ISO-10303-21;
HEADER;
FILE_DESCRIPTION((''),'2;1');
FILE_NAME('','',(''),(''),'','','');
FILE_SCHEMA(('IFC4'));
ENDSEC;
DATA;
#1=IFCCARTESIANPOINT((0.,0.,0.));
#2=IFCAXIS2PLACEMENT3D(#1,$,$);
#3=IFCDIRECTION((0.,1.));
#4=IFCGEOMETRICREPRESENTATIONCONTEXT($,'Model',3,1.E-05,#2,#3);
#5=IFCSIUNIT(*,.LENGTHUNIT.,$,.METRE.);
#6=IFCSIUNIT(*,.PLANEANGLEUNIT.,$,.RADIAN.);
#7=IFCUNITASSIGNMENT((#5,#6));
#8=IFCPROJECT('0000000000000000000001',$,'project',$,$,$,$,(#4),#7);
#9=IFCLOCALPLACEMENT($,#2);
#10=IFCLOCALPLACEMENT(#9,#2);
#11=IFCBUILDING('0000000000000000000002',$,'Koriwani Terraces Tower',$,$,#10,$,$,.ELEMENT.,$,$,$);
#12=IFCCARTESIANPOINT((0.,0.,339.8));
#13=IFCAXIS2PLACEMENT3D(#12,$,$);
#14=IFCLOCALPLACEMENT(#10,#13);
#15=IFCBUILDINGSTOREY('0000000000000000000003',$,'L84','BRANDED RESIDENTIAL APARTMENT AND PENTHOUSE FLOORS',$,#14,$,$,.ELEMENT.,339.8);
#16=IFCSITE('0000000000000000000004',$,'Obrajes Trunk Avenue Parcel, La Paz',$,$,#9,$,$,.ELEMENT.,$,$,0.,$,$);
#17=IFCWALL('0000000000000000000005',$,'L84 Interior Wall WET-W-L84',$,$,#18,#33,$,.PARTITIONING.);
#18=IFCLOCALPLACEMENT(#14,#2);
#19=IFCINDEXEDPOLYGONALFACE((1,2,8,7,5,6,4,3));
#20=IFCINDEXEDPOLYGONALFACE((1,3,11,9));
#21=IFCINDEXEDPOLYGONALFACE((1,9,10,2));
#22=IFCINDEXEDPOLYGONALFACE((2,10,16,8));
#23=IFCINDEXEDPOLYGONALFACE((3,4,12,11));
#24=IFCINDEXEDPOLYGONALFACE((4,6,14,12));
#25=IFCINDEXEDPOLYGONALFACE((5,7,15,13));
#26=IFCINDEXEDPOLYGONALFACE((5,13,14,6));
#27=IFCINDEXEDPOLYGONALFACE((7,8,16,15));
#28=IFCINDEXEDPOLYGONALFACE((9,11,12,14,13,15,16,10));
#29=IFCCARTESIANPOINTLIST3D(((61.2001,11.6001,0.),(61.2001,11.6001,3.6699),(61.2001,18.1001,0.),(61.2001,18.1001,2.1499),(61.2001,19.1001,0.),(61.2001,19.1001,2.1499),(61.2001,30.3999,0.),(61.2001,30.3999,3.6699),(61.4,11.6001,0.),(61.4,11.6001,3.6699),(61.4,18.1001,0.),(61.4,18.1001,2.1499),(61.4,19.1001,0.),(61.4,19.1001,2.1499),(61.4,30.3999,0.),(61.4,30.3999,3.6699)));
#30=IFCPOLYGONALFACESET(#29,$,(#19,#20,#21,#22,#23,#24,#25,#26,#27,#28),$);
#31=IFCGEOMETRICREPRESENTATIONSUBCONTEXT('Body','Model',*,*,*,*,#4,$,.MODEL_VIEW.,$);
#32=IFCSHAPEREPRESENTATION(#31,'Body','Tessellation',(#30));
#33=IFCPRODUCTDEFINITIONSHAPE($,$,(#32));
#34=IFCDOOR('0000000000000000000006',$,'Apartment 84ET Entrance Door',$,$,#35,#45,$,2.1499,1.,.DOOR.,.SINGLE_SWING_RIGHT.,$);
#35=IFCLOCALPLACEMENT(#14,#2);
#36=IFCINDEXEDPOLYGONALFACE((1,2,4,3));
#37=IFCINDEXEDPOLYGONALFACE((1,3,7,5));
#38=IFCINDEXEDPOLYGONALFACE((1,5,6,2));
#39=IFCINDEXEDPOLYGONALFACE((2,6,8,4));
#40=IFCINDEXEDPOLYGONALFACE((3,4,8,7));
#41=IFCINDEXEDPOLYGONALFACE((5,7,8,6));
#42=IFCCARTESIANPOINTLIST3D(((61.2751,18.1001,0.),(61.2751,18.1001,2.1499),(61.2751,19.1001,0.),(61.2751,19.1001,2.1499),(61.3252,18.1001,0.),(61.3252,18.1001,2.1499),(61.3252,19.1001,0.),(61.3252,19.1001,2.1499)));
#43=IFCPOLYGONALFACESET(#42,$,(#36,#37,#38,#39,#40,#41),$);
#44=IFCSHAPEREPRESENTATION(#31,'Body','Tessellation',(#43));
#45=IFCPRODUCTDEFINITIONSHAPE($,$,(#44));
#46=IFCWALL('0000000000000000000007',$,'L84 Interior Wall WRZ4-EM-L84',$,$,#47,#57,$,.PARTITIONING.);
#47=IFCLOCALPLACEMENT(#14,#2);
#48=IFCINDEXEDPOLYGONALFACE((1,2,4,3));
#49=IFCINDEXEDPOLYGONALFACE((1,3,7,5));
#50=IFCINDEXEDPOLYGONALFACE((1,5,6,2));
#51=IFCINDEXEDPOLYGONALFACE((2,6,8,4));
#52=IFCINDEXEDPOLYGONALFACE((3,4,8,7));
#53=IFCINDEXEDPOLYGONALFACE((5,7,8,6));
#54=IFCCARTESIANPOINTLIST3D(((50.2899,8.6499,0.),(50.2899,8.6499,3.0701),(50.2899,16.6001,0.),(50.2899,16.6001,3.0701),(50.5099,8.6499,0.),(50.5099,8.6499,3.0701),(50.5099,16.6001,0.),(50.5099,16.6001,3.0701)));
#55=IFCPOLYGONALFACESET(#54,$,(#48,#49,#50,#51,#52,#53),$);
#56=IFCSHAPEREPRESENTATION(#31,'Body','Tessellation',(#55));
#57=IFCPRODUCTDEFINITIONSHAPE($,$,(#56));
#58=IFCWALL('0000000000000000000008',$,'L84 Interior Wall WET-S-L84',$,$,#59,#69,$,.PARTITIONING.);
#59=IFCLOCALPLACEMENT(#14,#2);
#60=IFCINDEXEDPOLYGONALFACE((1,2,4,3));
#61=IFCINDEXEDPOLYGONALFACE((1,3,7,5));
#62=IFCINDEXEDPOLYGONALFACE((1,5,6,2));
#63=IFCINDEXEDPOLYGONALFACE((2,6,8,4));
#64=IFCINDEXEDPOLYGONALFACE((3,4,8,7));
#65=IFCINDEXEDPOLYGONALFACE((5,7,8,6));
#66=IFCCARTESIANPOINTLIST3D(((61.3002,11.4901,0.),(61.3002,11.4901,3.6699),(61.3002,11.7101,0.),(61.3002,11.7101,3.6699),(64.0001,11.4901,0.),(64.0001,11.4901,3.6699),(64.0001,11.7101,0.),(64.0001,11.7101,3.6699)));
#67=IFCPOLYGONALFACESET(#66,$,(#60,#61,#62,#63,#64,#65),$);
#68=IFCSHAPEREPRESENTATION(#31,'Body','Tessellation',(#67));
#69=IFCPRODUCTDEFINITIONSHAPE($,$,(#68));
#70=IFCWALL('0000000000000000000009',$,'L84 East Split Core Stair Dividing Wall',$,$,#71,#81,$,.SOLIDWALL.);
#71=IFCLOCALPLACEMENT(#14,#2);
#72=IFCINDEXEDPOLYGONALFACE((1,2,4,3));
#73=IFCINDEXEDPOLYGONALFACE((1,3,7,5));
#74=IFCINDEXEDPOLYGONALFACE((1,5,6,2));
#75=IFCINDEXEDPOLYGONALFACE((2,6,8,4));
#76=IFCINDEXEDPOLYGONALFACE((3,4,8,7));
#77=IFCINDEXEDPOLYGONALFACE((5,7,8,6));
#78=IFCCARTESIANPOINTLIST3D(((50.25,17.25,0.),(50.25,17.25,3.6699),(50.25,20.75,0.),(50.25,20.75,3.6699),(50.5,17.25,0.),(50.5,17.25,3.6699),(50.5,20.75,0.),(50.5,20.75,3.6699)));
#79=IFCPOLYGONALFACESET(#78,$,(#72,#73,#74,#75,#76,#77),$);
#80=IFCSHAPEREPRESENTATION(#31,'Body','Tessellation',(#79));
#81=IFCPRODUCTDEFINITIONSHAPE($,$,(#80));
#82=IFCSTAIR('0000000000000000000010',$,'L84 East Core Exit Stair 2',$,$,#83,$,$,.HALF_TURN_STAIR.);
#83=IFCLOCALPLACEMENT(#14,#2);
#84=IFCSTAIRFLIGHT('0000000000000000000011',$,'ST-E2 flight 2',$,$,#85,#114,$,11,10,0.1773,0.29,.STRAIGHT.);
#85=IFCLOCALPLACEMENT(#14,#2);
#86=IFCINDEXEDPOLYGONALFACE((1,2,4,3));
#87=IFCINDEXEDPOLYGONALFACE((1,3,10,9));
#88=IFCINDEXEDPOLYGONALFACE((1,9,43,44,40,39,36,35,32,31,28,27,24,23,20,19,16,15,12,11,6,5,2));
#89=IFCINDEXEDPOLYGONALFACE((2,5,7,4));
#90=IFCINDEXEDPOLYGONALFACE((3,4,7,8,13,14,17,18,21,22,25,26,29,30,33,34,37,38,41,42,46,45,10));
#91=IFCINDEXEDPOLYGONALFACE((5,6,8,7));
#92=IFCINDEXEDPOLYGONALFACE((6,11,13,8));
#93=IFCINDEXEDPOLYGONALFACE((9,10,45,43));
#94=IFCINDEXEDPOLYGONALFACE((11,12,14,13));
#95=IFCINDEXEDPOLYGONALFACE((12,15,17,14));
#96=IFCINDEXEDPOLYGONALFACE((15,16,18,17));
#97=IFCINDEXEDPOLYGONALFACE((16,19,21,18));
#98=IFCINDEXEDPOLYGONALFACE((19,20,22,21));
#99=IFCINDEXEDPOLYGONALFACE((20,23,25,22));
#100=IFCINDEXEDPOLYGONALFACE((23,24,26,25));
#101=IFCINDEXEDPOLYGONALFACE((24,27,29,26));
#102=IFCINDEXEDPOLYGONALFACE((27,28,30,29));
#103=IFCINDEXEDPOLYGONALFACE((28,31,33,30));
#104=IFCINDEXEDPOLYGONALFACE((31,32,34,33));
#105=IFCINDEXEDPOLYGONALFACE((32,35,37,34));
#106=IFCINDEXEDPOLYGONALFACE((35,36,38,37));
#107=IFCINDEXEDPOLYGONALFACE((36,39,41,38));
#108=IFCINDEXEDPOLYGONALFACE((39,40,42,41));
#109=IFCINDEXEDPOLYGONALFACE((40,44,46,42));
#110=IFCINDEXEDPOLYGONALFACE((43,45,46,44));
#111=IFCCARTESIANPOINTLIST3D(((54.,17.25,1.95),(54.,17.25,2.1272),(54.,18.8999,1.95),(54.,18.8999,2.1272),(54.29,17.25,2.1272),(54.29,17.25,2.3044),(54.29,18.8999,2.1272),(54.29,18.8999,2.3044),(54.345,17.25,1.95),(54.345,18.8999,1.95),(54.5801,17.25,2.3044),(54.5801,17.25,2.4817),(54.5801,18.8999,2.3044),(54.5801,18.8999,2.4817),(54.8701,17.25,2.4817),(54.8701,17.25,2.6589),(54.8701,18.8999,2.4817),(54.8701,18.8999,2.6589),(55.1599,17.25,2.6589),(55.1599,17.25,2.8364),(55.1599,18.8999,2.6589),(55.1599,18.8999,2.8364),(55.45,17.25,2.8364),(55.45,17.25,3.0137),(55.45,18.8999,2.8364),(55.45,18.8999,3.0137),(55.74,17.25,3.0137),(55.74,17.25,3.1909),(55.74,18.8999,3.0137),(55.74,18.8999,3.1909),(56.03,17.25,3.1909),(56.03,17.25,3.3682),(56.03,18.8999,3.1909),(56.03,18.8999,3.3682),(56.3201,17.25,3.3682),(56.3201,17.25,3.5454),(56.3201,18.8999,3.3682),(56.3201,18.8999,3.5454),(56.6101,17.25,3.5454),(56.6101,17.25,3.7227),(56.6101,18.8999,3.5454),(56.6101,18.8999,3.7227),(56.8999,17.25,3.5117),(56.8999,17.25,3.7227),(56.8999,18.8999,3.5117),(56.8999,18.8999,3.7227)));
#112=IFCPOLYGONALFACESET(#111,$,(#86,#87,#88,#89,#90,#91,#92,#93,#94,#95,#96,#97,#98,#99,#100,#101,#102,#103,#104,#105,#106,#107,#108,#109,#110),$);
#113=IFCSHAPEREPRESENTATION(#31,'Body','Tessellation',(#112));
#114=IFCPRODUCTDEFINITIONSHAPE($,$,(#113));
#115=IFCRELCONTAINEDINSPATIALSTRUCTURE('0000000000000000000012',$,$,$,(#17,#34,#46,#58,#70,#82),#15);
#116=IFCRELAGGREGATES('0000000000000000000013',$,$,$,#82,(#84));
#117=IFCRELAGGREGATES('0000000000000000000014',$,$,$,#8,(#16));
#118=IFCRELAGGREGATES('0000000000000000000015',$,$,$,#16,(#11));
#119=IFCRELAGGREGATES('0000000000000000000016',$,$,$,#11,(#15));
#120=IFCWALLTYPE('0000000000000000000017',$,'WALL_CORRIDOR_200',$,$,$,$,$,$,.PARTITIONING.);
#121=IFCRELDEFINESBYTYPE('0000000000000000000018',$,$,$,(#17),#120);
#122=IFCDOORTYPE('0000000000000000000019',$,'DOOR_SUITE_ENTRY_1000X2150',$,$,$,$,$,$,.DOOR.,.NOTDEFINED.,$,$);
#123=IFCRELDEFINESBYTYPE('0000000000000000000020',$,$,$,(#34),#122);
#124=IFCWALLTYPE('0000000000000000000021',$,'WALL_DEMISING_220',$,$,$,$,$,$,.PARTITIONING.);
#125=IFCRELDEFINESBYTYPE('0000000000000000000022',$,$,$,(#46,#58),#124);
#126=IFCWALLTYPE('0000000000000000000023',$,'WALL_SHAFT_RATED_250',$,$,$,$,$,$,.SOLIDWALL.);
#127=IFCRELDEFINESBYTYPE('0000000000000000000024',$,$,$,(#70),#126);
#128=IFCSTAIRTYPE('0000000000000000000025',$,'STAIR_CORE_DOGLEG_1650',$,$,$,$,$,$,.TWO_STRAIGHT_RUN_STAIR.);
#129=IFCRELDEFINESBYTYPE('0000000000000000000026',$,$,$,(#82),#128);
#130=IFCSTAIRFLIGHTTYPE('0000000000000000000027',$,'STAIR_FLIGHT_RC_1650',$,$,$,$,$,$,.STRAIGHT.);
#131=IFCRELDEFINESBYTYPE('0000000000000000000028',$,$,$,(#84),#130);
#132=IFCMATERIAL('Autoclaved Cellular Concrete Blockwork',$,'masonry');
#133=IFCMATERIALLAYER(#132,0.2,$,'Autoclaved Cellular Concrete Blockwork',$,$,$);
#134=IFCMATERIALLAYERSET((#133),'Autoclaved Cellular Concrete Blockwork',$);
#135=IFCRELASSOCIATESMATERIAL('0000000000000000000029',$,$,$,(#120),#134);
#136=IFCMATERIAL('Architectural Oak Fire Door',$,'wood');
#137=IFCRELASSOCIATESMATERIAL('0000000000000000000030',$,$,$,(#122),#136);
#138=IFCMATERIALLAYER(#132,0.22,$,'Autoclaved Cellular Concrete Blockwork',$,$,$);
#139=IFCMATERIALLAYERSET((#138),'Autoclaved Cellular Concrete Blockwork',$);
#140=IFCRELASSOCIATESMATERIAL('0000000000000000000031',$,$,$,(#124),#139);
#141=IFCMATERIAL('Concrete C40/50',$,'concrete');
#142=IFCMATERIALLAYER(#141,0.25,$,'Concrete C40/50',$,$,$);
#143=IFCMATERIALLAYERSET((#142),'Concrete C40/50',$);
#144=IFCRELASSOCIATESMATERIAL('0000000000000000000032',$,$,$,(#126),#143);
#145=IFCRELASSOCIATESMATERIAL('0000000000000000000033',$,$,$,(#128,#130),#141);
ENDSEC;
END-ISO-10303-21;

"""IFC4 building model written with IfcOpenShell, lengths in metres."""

from ifc_helpers import new_model, si_unit, direction, frame, frame_2d, origin, place, context, subcontext, project, spatial, polyline, rectangle, outline, extrude, material, layer, layer_set, type_object, element, fill, aggregate, save


model = new_model("IFC4")

# Units and contexts
model_context = context("Model", 3, precision=1e-05, world=origin(), true_north=direction((0.0, 1.0)))
body_context = subcontext(model_context, "Body", "Model", "MODEL_VIEW")
ifc_project = project(units=[si_unit("LENGTHUNIT", "METRE"), si_unit("PLANEANGLEUNIT", "RADIAN")], contexts=[model_context])

# Site, building, storey
site_placement = place(None, origin())
site = spatial("IfcSite", under=ifc_project, at=site_placement, Name="Obrajes Trunk Avenue Parcel, La Paz", CompositionType="ELEMENT", RefElevation=0.0)
building_placement = place(site_placement, origin())
building = spatial("IfcBuilding", under=site, at=building_placement, Name="Koriwani Terraces Tower", CompositionType="ELEMENT")
storey_placement = place(building_placement, frame((0.0, 0.0, 339.8)))
storey = spatial("IfcBuildingStorey", under=building, at=storey_placement, Name="L84", Description="BRANDED RESIDENTIAL APARTMENT AND PENTHOUSE FLOORS", CompositionType="ELEMENT", Elevation=339.8)

# Shared definitions
ifc_material_1 = material(Name="Concrete C40/50", Category="concrete")

# Wall, opening, door
ifc_material_2 = material(Name="Autoclaved Cellular Concrete Blockwork", Category="masonry")
ifc_layer_1 = layer(ifc_material_2, 0.2, Name="Autoclaved Cellular Concrete Blockwork")
ifc_layer_set_1 = layer_set([ifc_layer_1], Name="Autoclaved Cellular Concrete Blockwork")
wall_type_1 = type_object("IfcWallType", Name="WALL_CORRIDOR_200", PredefinedType="PARTITIONING", material=ifc_layer_set_1)
ifc_material_3 = material(Name="Architectural Oak Fire Door", Category="wood")
wall_1_placement = place(storey_placement, frame((61.3, 11.6001, 0.0), z_axis=(0.0, 0.0, 1.0), x_axis=(0.0, 1.0, 0.0)))
wall_1 = element("IfcWall", 1, at=wall_1_placement, inside=storey, type_object=wall_type_1, Name="L84 Interior Wall WET-W-L84", PredefinedType="PARTITIONING", context=body_context, shape_type="SweptSolid", body=[
    extrude(rectangle(XDim=18.7998, YDim=0.2, at=frame_2d((9.3999, 0.0))), origin(), (0.0, 0.0, 1.0), 3.6699),
])
opening_1_placement = place(wall_1_placement, frame((6.5, 0.0, 0.0)))
opening_1 = element("IfcOpeningElement", 2, at=opening_1_placement, cuts=wall_1, PredefinedType="OPENING", context=body_context, shape_type="SweptSolid", body=[
    extrude(rectangle(XDim=1.0, YDim=2.1499, at=frame_2d((0.5, 1.075))), frame((0.0, 0.1099, 0.0), z_axis=(0.0, -1.0, 0.0), x_axis=(1.0, 0.0, 0.0)), (0.0, 0.0, 1.0), 0.22),
])
door_type_1 = type_object("IfcDoorType", Name="DOOR_SUITE_ENTRY_1000X2150", OperationType="NOTDEFINED", PredefinedType="DOOR", material=ifc_material_3)
door_1_placement = place(opening_1_placement, origin())
door_1 = element("IfcDoor", 3, at=door_1_placement, inside=storey, type_object=door_type_1, Name="Apartment 84ET Entrance Door", OperationType="SINGLE_SWING_RIGHT", OverallHeight=2.1499, OverallWidth=1.0, PredefinedType="DOOR", context=body_context, shape_type="SweptSolid", body=[
    extrude(rectangle(XDim=1.0, YDim=2.1499, at=frame_2d((0.5, 1.075))), frame((0.0, 0.0249, 0.0), z_axis=(0.0, -1.0, 0.0), x_axis=(1.0, 0.0, 0.0)), (0.0, 0.0, 1.0), 0.05),
])
fill(opening_1, door_1)

# Walls
ifc_layer_2 = layer(ifc_material_2, 0.22, Name="Autoclaved Cellular Concrete Blockwork")
ifc_layer_set_2 = layer_set([ifc_layer_2], Name="Autoclaved Cellular Concrete Blockwork")
wall_type_2 = type_object("IfcWallType", Name="WALL_DEMISING_220", PredefinedType="PARTITIONING", material=ifc_layer_set_2)
wall_2_placement = place(storey_placement, frame((50.3999, 8.6499, 0.0), z_axis=(0.0, 0.0, 1.0), x_axis=(0.0, 1.0, 0.0)))
element("IfcWall", 4, at=wall_2_placement, inside=storey, type_object=wall_type_2, Name="L84 Interior Wall WRZ4-EM-L84", PredefinedType="PARTITIONING", context=body_context, shape_type="SweptSolid", body=[
    extrude(rectangle(XDim=7.9502, YDim=0.22, at=frame_2d((3.9751, 0.0))), origin(), (0.0, 0.0, 1.0), 3.0701),
])
wall_3_placement = place(storey_placement, frame((61.3, 11.6001, 0.0), z_axis=(0.0, 0.0, 1.0), x_axis=(1.0, 0.0, 0.0)))
element("IfcWall", 5, at=wall_3_placement, inside=storey, type_object=wall_type_2, Name="L84 Interior Wall WET-S-L84", PredefinedType="PARTITIONING", context=body_context, shape_type="SweptSolid", body=[
    extrude(rectangle(XDim=2.7, YDim=0.22, at=frame_2d((1.3501, 0.0))), origin(), (0.0, 0.0, 1.0), 3.6699),
])
ifc_layer_3 = layer(ifc_material_1, 0.25, Name="Concrete C40/50")
ifc_layer_set_3 = layer_set([ifc_layer_3], Name="Concrete C40/50")
wall_type_3 = type_object("IfcWallType", Name="WALL_SHAFT_RATED_250", PredefinedType="SOLIDWALL", material=ifc_layer_set_3)
wall_4_placement = place(storey_placement, frame((50.375, 17.25, 0.0), z_axis=(0.0, 0.0, 1.0), x_axis=(0.0, 1.0, 0.0)))
element("IfcWall", 6, at=wall_4_placement, inside=storey, type_object=wall_type_3, Name="L84 East Split Core Stair Dividing Wall", PredefinedType="SOLIDWALL", context=body_context, shape_type="SweptSolid", body=[
    extrude(rectangle(XDim=3.5, YDim=0.25, at=frame_2d((1.75, 0.0))), origin(), (0.0, 0.0, 1.0), 3.6699),
])

# Stair, stair flight
stair_type = type_object("IfcStairType", Name="STAIR_CORE_DOGLEG_1650", PredefinedType="TWO_STRAIGHT_RUN_STAIR", material=ifc_material_1)
stair_placement = place(storey_placement, origin())
stair = element("IfcStair", 7, at=stair_placement, inside=storey, type_object=stair_type, Name="L84 East Core Exit Stair 2", PredefinedType="HALF_TURN_STAIR")
stair_flight_type = type_object("IfcStairFlightType", Name="STAIR_FLIGHT_RC_1650", PredefinedType="STRAIGHT", material=ifc_material_1)
stair_flight_placement = place(storey_placement, frame((54.0, 18.075, 1.95), z_axis=(0.0, 0.0, 1.0), x_axis=(1.0, 0.0, 0.0)))
stair_flight = element("IfcStairFlight", 8, at=stair_flight_placement, type_object=stair_flight_type, Name="ST-E2 flight 2", NumberOfRisers=11, NumberOfTreads=10, PredefinedType="STRAIGHT", RiserHeight=0.1773, TreadLength=0.29, context=body_context, shape_type="SweptSolid", body=[
    extrude(outline(polyline([(0.0, 0.0), (0.0, 0.1772), (0.29, 0.1772), (0.29, 0.3545), (0.5801, 0.3545), (0.5801, 0.5317), (0.8701, 0.5317), (0.8701, 0.709), (1.1599, 0.709), (1.1599, 0.8865), (1.45, 0.8865), (1.45, 1.0637), (1.74, 1.0637), (1.74, 1.241), (2.03, 1.241), (2.03, 1.4182), (2.3201, 1.4182), (2.3201, 1.5955), (2.6101, 1.5955), (2.6101, 1.7727), (2.8999, 1.7727), (2.8999, 1.95), (2.8999, 1.5618), (0.345, 0.0), (0.0, 0.0)])), frame((0.0, 0.825, 0.0), z_axis=(0.0, -1.0, 0.0), x_axis=(1.0, 0.0, 0.0)), (0.0, 0.0, 1.0), 1.6499),
])
aggregate(stair, [stair_flight])

save(model, "model.ifc")
